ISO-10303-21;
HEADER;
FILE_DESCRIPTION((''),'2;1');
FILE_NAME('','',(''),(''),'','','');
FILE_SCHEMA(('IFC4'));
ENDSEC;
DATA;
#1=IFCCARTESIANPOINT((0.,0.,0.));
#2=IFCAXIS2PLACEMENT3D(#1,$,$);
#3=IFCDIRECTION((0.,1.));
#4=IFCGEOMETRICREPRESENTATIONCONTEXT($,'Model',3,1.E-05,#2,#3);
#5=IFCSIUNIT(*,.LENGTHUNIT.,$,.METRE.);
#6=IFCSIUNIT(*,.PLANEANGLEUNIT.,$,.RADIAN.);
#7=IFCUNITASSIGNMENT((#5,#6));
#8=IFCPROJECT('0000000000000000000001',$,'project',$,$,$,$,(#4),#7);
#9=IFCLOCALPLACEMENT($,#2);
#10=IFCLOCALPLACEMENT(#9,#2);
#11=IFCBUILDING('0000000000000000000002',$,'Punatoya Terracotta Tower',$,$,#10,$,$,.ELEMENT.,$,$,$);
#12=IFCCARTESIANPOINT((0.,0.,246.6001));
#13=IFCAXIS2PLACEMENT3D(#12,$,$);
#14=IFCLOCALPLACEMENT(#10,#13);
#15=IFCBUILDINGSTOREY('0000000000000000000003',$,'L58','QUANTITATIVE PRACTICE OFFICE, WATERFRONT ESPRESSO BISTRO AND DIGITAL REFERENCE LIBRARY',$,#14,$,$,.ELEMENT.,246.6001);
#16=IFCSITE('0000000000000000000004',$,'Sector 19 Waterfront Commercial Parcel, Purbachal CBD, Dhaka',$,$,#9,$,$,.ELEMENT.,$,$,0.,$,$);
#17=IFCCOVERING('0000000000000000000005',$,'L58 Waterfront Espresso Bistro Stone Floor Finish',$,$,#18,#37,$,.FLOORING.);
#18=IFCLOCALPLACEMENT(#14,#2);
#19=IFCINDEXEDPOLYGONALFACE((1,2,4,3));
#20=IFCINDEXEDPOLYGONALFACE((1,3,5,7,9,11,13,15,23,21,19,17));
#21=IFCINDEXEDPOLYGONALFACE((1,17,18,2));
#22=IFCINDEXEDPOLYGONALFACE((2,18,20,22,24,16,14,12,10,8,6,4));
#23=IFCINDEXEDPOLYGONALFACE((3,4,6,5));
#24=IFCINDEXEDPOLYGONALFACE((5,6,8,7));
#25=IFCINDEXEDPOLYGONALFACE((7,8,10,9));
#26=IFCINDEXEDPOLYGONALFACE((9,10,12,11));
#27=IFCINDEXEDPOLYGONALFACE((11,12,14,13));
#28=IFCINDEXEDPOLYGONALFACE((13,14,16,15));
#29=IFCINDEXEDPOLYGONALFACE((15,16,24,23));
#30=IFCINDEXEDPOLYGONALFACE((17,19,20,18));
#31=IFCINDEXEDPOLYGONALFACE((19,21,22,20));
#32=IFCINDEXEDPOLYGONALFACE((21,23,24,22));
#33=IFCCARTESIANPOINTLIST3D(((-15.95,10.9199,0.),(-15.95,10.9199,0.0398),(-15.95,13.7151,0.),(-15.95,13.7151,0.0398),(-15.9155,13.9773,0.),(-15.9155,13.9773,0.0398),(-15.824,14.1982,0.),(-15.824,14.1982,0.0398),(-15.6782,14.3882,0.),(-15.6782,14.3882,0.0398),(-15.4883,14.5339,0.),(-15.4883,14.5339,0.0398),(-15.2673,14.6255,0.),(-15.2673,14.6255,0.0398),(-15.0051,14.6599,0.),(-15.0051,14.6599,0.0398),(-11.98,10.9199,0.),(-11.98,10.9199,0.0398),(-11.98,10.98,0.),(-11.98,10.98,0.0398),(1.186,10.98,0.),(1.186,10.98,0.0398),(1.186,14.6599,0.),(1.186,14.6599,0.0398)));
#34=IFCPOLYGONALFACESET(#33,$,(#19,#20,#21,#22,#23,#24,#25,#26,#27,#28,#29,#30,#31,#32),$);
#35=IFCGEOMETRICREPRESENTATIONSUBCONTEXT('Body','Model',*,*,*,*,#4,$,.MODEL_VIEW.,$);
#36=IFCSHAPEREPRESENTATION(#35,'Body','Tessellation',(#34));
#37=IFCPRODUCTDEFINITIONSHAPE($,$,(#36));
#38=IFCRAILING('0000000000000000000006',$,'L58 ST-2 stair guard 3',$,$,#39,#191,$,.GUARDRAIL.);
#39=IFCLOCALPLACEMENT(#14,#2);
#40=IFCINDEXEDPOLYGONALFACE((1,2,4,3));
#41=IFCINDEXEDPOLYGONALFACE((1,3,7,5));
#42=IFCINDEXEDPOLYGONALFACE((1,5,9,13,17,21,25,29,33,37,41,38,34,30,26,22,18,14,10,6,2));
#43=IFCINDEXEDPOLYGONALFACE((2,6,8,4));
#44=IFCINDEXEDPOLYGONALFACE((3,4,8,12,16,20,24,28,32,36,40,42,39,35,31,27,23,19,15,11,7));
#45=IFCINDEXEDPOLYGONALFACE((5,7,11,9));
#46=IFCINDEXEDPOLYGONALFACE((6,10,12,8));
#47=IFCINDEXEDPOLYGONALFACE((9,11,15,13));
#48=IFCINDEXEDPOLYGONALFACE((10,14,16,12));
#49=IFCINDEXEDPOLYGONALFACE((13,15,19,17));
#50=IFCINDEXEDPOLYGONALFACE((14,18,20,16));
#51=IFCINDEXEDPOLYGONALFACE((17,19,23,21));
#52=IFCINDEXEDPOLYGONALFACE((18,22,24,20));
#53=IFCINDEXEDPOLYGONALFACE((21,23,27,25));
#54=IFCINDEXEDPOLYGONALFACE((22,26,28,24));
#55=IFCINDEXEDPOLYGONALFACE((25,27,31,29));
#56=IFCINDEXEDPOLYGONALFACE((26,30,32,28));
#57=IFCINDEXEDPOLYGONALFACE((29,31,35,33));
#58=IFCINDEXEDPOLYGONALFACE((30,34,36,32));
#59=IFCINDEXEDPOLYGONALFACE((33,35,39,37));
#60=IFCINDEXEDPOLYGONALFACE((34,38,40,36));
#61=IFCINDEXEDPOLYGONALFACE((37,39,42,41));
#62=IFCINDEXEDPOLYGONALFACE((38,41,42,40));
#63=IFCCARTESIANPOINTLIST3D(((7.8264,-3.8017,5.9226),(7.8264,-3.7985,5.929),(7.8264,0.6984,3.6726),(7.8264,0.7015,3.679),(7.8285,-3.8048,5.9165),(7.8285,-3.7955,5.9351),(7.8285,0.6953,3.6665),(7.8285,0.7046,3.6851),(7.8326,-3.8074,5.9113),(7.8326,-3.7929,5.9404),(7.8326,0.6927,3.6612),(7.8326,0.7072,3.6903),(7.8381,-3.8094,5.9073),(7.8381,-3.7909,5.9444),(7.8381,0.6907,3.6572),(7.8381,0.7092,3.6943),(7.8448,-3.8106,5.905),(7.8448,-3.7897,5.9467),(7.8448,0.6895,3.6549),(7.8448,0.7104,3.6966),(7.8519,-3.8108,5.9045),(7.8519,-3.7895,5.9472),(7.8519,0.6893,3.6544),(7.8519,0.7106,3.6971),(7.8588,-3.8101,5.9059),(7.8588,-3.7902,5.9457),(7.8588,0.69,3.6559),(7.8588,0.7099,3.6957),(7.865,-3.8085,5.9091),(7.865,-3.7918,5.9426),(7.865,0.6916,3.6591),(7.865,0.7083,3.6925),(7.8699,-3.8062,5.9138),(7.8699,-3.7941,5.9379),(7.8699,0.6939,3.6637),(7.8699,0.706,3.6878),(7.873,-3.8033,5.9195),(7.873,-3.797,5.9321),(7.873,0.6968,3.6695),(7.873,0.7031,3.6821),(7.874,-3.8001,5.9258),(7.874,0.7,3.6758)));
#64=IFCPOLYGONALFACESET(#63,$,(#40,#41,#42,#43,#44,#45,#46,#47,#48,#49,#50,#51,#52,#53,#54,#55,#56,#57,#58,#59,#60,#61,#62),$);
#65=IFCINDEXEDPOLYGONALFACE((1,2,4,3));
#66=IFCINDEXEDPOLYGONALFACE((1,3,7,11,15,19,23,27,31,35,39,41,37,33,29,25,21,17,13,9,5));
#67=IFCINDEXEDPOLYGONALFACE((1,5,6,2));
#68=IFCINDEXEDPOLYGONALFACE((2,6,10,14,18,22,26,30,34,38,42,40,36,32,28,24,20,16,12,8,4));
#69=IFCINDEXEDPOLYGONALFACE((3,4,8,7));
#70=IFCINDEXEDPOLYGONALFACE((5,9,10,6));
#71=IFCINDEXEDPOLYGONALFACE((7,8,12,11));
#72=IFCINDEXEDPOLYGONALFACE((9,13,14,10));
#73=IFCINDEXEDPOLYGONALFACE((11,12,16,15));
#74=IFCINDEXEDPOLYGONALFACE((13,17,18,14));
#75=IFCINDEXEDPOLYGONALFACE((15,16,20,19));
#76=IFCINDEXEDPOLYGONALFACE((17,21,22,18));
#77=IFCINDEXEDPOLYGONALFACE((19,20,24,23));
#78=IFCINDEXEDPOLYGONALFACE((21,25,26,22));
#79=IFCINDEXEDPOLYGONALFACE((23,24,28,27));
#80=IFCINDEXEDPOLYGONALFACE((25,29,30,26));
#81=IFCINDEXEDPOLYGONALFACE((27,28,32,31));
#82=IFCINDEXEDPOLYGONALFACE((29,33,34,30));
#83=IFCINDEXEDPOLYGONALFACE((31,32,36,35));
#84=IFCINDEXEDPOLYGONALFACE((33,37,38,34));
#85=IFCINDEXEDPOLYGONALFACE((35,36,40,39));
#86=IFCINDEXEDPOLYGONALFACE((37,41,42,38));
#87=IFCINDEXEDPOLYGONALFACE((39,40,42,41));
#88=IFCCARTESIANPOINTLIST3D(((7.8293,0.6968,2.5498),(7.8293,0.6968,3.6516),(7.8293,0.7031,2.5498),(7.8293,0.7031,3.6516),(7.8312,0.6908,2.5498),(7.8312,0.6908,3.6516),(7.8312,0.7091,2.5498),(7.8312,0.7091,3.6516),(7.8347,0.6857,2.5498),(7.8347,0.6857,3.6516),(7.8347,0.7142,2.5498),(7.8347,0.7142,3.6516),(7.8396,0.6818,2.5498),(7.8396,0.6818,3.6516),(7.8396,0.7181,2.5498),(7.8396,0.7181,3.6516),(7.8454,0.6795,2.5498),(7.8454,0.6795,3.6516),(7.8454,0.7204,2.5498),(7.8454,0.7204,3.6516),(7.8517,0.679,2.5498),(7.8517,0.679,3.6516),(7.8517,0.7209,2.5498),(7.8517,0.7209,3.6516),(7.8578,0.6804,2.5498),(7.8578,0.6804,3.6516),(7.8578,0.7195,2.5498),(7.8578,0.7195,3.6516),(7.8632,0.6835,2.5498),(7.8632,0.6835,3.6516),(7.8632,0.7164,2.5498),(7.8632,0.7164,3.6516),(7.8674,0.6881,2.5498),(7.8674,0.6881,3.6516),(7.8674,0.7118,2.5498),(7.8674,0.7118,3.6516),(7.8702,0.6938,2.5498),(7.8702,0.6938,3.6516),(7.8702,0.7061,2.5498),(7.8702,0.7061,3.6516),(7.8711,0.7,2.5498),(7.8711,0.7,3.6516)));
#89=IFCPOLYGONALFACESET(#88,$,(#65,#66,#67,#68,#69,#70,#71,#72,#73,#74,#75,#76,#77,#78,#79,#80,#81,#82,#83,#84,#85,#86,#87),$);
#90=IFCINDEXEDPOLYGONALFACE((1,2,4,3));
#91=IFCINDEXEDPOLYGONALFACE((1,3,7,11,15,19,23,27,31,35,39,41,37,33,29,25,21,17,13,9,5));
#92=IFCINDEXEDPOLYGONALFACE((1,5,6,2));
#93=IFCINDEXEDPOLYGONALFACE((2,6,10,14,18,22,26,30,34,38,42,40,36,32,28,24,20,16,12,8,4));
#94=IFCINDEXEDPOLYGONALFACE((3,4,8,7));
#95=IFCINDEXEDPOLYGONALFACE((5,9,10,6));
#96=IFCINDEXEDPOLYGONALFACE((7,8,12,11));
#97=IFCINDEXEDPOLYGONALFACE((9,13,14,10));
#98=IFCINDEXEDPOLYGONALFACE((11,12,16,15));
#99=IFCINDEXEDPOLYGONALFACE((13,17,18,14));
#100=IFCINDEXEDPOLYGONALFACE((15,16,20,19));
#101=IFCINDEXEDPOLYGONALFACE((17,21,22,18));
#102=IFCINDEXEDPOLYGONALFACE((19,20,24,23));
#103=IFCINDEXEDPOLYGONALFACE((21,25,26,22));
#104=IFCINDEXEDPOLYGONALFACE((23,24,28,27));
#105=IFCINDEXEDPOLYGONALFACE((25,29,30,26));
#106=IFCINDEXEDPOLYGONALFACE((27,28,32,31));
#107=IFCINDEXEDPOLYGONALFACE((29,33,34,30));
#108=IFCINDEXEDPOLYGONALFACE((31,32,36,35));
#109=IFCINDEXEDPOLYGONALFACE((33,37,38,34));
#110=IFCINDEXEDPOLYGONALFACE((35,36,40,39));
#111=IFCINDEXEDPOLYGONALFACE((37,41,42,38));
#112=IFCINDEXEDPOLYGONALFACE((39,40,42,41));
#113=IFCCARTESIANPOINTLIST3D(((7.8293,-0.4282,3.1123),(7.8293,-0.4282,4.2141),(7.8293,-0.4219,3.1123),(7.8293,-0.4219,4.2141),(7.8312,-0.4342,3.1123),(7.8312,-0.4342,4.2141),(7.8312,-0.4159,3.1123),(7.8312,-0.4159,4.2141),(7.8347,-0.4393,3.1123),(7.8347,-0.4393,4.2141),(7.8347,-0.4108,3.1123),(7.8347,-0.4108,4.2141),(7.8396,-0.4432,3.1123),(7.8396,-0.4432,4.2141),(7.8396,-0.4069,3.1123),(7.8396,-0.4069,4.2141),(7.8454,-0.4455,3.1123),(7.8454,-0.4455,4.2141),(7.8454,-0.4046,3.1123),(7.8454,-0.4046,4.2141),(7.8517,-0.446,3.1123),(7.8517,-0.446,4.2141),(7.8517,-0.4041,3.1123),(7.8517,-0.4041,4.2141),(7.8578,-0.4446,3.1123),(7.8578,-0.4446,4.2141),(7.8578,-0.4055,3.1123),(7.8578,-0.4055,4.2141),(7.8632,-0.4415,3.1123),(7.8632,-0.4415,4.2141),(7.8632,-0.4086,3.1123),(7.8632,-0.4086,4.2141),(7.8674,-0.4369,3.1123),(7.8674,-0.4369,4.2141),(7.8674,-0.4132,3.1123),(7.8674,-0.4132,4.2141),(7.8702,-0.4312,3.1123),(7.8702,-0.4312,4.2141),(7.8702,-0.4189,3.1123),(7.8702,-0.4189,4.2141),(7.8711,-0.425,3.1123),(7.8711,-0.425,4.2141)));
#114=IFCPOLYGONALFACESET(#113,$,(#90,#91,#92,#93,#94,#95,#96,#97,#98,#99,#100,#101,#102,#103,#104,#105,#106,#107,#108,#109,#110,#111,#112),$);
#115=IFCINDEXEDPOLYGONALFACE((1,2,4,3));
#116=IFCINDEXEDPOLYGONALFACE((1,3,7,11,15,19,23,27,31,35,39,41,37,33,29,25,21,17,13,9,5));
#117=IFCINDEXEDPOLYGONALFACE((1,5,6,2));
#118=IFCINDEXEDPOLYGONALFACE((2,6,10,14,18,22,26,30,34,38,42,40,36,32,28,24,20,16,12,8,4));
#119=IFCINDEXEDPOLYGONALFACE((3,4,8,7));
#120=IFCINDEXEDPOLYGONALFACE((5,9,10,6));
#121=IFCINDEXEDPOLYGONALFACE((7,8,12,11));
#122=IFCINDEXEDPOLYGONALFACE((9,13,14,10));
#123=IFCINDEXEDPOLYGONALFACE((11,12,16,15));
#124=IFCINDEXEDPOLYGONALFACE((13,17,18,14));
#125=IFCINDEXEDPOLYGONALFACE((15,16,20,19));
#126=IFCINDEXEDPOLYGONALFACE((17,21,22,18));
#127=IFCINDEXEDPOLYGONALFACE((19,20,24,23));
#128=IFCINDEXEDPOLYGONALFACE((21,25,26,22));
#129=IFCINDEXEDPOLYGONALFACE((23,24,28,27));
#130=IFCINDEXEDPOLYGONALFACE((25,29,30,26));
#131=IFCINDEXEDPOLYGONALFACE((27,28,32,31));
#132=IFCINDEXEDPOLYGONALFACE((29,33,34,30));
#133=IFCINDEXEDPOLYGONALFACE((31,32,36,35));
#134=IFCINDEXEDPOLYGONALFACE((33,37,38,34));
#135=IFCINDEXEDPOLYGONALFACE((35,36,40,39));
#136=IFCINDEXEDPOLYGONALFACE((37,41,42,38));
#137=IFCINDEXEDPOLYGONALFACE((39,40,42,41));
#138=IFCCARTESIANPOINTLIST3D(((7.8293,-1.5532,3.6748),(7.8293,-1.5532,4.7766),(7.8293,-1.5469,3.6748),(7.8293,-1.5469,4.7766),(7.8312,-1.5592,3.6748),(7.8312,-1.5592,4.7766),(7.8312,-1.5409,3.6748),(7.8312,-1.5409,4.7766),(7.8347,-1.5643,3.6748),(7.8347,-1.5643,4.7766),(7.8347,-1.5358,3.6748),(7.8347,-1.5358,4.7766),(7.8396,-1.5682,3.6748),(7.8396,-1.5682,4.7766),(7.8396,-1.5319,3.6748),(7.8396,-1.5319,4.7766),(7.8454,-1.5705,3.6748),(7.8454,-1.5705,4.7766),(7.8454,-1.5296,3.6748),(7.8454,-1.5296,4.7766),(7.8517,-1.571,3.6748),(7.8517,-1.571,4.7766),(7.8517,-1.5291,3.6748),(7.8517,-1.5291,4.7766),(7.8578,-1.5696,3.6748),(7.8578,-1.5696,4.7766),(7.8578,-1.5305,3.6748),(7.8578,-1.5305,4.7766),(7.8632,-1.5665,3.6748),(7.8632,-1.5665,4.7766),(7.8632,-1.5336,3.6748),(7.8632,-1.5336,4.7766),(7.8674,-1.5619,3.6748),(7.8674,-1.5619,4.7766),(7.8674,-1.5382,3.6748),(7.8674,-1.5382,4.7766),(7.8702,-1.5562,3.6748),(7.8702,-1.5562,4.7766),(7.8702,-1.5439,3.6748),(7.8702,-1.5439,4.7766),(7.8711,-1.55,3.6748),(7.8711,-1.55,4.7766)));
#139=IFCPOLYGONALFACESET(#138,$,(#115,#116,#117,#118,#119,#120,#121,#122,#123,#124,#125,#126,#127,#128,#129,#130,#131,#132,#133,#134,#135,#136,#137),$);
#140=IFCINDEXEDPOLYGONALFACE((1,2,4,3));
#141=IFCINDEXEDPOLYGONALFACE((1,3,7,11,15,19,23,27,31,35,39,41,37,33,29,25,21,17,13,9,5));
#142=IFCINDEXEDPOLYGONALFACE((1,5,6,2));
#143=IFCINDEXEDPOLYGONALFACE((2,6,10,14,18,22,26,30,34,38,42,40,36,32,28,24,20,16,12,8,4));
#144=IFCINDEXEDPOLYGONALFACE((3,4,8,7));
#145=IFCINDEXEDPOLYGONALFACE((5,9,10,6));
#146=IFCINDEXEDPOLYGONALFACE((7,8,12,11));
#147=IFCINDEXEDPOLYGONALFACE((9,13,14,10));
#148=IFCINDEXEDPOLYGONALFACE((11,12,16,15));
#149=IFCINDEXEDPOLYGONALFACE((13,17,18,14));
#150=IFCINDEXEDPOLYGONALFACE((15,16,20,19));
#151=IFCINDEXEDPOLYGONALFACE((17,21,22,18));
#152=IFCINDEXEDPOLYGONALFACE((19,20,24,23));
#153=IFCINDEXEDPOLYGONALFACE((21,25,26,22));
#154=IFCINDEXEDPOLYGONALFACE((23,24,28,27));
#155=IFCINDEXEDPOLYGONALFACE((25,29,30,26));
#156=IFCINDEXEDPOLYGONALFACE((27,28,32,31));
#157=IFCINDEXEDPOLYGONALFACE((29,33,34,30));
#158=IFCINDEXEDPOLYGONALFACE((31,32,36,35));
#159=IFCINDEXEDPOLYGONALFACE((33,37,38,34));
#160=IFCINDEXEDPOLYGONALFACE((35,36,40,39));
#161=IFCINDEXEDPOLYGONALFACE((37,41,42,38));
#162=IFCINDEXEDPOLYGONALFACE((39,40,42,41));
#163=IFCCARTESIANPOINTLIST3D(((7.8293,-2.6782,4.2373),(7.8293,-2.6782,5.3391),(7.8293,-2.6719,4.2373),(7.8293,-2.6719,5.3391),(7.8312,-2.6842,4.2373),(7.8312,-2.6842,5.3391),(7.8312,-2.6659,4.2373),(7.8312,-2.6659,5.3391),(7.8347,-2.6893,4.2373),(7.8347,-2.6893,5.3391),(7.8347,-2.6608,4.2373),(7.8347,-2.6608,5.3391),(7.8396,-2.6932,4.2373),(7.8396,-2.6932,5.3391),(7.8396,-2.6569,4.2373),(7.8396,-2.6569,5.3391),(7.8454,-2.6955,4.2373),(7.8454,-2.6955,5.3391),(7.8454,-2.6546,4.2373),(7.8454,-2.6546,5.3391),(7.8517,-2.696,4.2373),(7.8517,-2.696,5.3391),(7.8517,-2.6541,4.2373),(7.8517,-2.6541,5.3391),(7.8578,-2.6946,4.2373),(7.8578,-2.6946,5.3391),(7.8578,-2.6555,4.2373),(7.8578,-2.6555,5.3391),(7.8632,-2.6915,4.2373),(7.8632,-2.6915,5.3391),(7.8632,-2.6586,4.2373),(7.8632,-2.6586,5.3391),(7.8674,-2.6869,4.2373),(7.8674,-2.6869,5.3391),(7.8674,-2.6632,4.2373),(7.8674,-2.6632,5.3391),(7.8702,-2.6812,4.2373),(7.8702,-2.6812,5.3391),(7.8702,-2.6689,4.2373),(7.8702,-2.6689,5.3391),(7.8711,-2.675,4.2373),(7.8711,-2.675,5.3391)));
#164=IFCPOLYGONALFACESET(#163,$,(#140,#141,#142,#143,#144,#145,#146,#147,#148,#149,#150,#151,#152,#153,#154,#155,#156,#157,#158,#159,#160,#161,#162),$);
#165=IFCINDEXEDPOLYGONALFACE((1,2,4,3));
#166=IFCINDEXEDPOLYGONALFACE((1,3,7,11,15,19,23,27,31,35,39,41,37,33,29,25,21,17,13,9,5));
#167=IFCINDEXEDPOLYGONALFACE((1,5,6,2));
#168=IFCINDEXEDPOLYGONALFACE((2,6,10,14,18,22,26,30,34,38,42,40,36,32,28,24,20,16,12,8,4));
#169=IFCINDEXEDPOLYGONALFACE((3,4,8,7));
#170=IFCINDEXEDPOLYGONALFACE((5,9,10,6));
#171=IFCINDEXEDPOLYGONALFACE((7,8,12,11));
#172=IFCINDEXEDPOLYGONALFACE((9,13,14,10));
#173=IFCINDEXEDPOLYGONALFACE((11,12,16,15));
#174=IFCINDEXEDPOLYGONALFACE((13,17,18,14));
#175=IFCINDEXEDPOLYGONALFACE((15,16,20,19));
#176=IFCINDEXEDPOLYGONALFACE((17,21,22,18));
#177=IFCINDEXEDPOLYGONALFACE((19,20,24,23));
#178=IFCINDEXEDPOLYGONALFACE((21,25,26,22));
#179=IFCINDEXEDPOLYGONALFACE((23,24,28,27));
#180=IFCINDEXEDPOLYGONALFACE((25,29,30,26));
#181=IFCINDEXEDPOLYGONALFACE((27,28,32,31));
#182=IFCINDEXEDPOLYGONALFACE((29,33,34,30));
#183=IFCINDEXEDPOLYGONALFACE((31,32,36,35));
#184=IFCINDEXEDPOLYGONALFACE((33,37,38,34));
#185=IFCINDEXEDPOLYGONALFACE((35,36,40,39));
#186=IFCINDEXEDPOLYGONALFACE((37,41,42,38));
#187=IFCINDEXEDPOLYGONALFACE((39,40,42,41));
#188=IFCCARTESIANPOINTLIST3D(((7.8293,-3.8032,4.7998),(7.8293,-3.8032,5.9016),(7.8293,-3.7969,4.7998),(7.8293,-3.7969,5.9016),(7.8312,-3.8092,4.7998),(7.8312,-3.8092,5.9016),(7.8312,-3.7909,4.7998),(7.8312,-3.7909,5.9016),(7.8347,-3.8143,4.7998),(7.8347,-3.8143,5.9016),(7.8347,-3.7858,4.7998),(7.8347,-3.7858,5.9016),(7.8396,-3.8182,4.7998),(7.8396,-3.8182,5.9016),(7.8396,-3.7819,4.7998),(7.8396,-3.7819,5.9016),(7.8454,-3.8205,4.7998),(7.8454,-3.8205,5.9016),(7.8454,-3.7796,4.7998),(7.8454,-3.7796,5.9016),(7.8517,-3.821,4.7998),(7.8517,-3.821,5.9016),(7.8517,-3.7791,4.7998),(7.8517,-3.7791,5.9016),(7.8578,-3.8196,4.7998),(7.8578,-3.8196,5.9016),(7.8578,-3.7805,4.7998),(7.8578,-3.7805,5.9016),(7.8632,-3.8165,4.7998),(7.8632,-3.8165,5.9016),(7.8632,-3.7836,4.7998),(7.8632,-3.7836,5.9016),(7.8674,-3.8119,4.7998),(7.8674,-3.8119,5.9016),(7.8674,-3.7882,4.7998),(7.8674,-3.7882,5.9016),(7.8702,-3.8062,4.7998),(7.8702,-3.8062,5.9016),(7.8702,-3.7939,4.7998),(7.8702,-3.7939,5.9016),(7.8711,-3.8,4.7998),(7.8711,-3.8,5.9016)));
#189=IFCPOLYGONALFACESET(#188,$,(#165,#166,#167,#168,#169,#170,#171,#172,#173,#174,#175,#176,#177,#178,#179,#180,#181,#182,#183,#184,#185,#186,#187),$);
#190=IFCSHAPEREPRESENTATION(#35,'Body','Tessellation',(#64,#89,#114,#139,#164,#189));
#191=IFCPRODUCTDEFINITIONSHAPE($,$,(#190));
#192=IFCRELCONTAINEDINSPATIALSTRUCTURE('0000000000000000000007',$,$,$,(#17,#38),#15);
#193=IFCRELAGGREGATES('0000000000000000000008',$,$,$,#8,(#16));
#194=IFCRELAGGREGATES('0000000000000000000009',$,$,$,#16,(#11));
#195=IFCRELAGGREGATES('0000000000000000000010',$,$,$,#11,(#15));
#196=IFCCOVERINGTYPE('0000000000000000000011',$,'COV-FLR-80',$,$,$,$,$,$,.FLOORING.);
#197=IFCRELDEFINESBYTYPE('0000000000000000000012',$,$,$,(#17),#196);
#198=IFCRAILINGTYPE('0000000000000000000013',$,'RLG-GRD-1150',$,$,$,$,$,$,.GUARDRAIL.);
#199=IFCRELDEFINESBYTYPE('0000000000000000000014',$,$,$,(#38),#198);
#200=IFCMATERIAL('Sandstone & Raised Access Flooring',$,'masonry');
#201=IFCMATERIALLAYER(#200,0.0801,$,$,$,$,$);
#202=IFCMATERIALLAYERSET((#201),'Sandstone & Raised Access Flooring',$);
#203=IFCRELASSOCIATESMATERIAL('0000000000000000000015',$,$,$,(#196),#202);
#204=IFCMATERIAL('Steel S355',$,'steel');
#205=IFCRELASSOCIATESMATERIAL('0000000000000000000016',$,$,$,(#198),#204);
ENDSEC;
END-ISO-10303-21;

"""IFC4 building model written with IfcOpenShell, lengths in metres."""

from ifc_helpers import new_model, si_unit, direction, frame, origin, origin_2d, place, context, subcontext, project, spatial, polyline, circle, outline, extrude, material, layer, layer_set, type_object, element, save


model = new_model("IFC4")

# Units and contexts
model_context = context("Model", 3, precision=1e-05, world=origin(), true_north=direction((0.0, 1.0)))
body_context = subcontext(model_context, "Body", "Model", "MODEL_VIEW")
ifc_project = project(units=[si_unit("LENGTHUNIT", "METRE"), si_unit("PLANEANGLEUNIT", "RADIAN")], contexts=[model_context])

# Site, building, storey
site_placement = place(None, origin())
site = spatial("IfcSite", under=ifc_project, at=site_placement, Name="Sector 19 Waterfront Commercial Parcel, Purbachal CBD, Dhaka", CompositionType="ELEMENT", RefElevation=0.0)
building_placement = place(site_placement, origin())
building = spatial("IfcBuilding", under=site, at=building_placement, Name="Punatoya Terracotta Tower", CompositionType="ELEMENT")
storey_placement = place(building_placement, frame((0.0, 0.0, 246.6001)))
storey = spatial("IfcBuildingStorey", under=building, at=storey_placement, Name="L58", Description="QUANTITATIVE PRACTICE OFFICE, WATERFRONT ESPRESSO BISTRO AND DIGITAL REFERENCE LIBRARY", CompositionType="ELEMENT", Elevation=246.6001)

# Shared definitions
ifc_material_1 = material(Name="Steel S355", Category="steel")

# Covering
ifc_material_2 = material(Name="Sandstone & Raised Access Flooring", Category="masonry")
ifc_layer_1 = layer(ifc_material_2, 0.0801)
ifc_layer_set_1 = layer_set([ifc_layer_1], Name="Sandstone & Raised Access Flooring")
covering_type_1 = type_object("IfcCoveringType", Name="COV-FLR-80", PredefinedType="FLOORING", material=ifc_layer_set_1)
covering_1_placement = place(storey_placement, origin())
element("IfcCovering", 1, at=covering_1_placement, inside=storey, type_object=covering_type_1, Name="L58 Waterfront Espresso Bistro Stone Floor Finish", PredefinedType="FLOORING", context=body_context, shape_type="SweptSolid", body=[
    extrude(outline(polyline([(-15.95, 13.7151), (-15.95, 10.9199), (-11.98, 10.9199), (-11.98, 10.98), (1.186, 10.98), (1.186, 14.6599), (-15.0051, 14.6599), (-15.2673, 14.6255), (-15.4883, 14.5339), (-15.6782, 14.3882), (-15.824, 14.1982), (-15.9155, 13.9773), (-15.95, 13.7151)])), origin(), (0.0, 0.0, 1.0), 0.0398),
])

# Railing
railing_type_1 = type_object("IfcRailingType", Name="RLG-GRD-1150", PredefinedType="GUARDRAIL", material=ifc_material_1)
railing_1_placement = place(storey_placement, frame((7.8501, 0.7, 2.5498)))
element("IfcRailing", 2, at=railing_1_placement, inside=storey, type_object=railing_type_1, Name="L58 ST-2 stair guard 3", PredefinedType="GUARDRAIL", context=body_context, shape_type="SweptSolid", body=[
    extrude(circle(Radius=0.0239, at=origin_2d()), frame((0.0, 0.0, 1.126), z_axis=(0.0, -0.894427, 0.447214), x_axis=(1.0, 0.0, 0.0)), (0.0, 0.0, 1.0), 5.0312),
    extrude(circle(Radius=0.021, at=origin_2d()), origin(), (0.0, 0.0, 1.0), 1.1018),
    extrude(circle(Radius=0.021, at=origin_2d()), frame((0.0, -1.125, 0.5625)), (0.0, 0.0, 1.0), 1.1018),
    extrude(circle(Radius=0.021, at=origin_2d()), frame((0.0, -2.25, 1.125)), (0.0, 0.0, 1.0), 1.1018),
    extrude(circle(Radius=0.021, at=origin_2d()), frame((0.0, -3.375, 1.6875)), (0.0, 0.0, 1.0), 1.1018),
    extrude(circle(Radius=0.021, at=origin_2d()), frame((0.0, -4.5, 2.25)), (0.0, 0.0, 1.0), 1.1018),
])

save(model, "model.ifc")
